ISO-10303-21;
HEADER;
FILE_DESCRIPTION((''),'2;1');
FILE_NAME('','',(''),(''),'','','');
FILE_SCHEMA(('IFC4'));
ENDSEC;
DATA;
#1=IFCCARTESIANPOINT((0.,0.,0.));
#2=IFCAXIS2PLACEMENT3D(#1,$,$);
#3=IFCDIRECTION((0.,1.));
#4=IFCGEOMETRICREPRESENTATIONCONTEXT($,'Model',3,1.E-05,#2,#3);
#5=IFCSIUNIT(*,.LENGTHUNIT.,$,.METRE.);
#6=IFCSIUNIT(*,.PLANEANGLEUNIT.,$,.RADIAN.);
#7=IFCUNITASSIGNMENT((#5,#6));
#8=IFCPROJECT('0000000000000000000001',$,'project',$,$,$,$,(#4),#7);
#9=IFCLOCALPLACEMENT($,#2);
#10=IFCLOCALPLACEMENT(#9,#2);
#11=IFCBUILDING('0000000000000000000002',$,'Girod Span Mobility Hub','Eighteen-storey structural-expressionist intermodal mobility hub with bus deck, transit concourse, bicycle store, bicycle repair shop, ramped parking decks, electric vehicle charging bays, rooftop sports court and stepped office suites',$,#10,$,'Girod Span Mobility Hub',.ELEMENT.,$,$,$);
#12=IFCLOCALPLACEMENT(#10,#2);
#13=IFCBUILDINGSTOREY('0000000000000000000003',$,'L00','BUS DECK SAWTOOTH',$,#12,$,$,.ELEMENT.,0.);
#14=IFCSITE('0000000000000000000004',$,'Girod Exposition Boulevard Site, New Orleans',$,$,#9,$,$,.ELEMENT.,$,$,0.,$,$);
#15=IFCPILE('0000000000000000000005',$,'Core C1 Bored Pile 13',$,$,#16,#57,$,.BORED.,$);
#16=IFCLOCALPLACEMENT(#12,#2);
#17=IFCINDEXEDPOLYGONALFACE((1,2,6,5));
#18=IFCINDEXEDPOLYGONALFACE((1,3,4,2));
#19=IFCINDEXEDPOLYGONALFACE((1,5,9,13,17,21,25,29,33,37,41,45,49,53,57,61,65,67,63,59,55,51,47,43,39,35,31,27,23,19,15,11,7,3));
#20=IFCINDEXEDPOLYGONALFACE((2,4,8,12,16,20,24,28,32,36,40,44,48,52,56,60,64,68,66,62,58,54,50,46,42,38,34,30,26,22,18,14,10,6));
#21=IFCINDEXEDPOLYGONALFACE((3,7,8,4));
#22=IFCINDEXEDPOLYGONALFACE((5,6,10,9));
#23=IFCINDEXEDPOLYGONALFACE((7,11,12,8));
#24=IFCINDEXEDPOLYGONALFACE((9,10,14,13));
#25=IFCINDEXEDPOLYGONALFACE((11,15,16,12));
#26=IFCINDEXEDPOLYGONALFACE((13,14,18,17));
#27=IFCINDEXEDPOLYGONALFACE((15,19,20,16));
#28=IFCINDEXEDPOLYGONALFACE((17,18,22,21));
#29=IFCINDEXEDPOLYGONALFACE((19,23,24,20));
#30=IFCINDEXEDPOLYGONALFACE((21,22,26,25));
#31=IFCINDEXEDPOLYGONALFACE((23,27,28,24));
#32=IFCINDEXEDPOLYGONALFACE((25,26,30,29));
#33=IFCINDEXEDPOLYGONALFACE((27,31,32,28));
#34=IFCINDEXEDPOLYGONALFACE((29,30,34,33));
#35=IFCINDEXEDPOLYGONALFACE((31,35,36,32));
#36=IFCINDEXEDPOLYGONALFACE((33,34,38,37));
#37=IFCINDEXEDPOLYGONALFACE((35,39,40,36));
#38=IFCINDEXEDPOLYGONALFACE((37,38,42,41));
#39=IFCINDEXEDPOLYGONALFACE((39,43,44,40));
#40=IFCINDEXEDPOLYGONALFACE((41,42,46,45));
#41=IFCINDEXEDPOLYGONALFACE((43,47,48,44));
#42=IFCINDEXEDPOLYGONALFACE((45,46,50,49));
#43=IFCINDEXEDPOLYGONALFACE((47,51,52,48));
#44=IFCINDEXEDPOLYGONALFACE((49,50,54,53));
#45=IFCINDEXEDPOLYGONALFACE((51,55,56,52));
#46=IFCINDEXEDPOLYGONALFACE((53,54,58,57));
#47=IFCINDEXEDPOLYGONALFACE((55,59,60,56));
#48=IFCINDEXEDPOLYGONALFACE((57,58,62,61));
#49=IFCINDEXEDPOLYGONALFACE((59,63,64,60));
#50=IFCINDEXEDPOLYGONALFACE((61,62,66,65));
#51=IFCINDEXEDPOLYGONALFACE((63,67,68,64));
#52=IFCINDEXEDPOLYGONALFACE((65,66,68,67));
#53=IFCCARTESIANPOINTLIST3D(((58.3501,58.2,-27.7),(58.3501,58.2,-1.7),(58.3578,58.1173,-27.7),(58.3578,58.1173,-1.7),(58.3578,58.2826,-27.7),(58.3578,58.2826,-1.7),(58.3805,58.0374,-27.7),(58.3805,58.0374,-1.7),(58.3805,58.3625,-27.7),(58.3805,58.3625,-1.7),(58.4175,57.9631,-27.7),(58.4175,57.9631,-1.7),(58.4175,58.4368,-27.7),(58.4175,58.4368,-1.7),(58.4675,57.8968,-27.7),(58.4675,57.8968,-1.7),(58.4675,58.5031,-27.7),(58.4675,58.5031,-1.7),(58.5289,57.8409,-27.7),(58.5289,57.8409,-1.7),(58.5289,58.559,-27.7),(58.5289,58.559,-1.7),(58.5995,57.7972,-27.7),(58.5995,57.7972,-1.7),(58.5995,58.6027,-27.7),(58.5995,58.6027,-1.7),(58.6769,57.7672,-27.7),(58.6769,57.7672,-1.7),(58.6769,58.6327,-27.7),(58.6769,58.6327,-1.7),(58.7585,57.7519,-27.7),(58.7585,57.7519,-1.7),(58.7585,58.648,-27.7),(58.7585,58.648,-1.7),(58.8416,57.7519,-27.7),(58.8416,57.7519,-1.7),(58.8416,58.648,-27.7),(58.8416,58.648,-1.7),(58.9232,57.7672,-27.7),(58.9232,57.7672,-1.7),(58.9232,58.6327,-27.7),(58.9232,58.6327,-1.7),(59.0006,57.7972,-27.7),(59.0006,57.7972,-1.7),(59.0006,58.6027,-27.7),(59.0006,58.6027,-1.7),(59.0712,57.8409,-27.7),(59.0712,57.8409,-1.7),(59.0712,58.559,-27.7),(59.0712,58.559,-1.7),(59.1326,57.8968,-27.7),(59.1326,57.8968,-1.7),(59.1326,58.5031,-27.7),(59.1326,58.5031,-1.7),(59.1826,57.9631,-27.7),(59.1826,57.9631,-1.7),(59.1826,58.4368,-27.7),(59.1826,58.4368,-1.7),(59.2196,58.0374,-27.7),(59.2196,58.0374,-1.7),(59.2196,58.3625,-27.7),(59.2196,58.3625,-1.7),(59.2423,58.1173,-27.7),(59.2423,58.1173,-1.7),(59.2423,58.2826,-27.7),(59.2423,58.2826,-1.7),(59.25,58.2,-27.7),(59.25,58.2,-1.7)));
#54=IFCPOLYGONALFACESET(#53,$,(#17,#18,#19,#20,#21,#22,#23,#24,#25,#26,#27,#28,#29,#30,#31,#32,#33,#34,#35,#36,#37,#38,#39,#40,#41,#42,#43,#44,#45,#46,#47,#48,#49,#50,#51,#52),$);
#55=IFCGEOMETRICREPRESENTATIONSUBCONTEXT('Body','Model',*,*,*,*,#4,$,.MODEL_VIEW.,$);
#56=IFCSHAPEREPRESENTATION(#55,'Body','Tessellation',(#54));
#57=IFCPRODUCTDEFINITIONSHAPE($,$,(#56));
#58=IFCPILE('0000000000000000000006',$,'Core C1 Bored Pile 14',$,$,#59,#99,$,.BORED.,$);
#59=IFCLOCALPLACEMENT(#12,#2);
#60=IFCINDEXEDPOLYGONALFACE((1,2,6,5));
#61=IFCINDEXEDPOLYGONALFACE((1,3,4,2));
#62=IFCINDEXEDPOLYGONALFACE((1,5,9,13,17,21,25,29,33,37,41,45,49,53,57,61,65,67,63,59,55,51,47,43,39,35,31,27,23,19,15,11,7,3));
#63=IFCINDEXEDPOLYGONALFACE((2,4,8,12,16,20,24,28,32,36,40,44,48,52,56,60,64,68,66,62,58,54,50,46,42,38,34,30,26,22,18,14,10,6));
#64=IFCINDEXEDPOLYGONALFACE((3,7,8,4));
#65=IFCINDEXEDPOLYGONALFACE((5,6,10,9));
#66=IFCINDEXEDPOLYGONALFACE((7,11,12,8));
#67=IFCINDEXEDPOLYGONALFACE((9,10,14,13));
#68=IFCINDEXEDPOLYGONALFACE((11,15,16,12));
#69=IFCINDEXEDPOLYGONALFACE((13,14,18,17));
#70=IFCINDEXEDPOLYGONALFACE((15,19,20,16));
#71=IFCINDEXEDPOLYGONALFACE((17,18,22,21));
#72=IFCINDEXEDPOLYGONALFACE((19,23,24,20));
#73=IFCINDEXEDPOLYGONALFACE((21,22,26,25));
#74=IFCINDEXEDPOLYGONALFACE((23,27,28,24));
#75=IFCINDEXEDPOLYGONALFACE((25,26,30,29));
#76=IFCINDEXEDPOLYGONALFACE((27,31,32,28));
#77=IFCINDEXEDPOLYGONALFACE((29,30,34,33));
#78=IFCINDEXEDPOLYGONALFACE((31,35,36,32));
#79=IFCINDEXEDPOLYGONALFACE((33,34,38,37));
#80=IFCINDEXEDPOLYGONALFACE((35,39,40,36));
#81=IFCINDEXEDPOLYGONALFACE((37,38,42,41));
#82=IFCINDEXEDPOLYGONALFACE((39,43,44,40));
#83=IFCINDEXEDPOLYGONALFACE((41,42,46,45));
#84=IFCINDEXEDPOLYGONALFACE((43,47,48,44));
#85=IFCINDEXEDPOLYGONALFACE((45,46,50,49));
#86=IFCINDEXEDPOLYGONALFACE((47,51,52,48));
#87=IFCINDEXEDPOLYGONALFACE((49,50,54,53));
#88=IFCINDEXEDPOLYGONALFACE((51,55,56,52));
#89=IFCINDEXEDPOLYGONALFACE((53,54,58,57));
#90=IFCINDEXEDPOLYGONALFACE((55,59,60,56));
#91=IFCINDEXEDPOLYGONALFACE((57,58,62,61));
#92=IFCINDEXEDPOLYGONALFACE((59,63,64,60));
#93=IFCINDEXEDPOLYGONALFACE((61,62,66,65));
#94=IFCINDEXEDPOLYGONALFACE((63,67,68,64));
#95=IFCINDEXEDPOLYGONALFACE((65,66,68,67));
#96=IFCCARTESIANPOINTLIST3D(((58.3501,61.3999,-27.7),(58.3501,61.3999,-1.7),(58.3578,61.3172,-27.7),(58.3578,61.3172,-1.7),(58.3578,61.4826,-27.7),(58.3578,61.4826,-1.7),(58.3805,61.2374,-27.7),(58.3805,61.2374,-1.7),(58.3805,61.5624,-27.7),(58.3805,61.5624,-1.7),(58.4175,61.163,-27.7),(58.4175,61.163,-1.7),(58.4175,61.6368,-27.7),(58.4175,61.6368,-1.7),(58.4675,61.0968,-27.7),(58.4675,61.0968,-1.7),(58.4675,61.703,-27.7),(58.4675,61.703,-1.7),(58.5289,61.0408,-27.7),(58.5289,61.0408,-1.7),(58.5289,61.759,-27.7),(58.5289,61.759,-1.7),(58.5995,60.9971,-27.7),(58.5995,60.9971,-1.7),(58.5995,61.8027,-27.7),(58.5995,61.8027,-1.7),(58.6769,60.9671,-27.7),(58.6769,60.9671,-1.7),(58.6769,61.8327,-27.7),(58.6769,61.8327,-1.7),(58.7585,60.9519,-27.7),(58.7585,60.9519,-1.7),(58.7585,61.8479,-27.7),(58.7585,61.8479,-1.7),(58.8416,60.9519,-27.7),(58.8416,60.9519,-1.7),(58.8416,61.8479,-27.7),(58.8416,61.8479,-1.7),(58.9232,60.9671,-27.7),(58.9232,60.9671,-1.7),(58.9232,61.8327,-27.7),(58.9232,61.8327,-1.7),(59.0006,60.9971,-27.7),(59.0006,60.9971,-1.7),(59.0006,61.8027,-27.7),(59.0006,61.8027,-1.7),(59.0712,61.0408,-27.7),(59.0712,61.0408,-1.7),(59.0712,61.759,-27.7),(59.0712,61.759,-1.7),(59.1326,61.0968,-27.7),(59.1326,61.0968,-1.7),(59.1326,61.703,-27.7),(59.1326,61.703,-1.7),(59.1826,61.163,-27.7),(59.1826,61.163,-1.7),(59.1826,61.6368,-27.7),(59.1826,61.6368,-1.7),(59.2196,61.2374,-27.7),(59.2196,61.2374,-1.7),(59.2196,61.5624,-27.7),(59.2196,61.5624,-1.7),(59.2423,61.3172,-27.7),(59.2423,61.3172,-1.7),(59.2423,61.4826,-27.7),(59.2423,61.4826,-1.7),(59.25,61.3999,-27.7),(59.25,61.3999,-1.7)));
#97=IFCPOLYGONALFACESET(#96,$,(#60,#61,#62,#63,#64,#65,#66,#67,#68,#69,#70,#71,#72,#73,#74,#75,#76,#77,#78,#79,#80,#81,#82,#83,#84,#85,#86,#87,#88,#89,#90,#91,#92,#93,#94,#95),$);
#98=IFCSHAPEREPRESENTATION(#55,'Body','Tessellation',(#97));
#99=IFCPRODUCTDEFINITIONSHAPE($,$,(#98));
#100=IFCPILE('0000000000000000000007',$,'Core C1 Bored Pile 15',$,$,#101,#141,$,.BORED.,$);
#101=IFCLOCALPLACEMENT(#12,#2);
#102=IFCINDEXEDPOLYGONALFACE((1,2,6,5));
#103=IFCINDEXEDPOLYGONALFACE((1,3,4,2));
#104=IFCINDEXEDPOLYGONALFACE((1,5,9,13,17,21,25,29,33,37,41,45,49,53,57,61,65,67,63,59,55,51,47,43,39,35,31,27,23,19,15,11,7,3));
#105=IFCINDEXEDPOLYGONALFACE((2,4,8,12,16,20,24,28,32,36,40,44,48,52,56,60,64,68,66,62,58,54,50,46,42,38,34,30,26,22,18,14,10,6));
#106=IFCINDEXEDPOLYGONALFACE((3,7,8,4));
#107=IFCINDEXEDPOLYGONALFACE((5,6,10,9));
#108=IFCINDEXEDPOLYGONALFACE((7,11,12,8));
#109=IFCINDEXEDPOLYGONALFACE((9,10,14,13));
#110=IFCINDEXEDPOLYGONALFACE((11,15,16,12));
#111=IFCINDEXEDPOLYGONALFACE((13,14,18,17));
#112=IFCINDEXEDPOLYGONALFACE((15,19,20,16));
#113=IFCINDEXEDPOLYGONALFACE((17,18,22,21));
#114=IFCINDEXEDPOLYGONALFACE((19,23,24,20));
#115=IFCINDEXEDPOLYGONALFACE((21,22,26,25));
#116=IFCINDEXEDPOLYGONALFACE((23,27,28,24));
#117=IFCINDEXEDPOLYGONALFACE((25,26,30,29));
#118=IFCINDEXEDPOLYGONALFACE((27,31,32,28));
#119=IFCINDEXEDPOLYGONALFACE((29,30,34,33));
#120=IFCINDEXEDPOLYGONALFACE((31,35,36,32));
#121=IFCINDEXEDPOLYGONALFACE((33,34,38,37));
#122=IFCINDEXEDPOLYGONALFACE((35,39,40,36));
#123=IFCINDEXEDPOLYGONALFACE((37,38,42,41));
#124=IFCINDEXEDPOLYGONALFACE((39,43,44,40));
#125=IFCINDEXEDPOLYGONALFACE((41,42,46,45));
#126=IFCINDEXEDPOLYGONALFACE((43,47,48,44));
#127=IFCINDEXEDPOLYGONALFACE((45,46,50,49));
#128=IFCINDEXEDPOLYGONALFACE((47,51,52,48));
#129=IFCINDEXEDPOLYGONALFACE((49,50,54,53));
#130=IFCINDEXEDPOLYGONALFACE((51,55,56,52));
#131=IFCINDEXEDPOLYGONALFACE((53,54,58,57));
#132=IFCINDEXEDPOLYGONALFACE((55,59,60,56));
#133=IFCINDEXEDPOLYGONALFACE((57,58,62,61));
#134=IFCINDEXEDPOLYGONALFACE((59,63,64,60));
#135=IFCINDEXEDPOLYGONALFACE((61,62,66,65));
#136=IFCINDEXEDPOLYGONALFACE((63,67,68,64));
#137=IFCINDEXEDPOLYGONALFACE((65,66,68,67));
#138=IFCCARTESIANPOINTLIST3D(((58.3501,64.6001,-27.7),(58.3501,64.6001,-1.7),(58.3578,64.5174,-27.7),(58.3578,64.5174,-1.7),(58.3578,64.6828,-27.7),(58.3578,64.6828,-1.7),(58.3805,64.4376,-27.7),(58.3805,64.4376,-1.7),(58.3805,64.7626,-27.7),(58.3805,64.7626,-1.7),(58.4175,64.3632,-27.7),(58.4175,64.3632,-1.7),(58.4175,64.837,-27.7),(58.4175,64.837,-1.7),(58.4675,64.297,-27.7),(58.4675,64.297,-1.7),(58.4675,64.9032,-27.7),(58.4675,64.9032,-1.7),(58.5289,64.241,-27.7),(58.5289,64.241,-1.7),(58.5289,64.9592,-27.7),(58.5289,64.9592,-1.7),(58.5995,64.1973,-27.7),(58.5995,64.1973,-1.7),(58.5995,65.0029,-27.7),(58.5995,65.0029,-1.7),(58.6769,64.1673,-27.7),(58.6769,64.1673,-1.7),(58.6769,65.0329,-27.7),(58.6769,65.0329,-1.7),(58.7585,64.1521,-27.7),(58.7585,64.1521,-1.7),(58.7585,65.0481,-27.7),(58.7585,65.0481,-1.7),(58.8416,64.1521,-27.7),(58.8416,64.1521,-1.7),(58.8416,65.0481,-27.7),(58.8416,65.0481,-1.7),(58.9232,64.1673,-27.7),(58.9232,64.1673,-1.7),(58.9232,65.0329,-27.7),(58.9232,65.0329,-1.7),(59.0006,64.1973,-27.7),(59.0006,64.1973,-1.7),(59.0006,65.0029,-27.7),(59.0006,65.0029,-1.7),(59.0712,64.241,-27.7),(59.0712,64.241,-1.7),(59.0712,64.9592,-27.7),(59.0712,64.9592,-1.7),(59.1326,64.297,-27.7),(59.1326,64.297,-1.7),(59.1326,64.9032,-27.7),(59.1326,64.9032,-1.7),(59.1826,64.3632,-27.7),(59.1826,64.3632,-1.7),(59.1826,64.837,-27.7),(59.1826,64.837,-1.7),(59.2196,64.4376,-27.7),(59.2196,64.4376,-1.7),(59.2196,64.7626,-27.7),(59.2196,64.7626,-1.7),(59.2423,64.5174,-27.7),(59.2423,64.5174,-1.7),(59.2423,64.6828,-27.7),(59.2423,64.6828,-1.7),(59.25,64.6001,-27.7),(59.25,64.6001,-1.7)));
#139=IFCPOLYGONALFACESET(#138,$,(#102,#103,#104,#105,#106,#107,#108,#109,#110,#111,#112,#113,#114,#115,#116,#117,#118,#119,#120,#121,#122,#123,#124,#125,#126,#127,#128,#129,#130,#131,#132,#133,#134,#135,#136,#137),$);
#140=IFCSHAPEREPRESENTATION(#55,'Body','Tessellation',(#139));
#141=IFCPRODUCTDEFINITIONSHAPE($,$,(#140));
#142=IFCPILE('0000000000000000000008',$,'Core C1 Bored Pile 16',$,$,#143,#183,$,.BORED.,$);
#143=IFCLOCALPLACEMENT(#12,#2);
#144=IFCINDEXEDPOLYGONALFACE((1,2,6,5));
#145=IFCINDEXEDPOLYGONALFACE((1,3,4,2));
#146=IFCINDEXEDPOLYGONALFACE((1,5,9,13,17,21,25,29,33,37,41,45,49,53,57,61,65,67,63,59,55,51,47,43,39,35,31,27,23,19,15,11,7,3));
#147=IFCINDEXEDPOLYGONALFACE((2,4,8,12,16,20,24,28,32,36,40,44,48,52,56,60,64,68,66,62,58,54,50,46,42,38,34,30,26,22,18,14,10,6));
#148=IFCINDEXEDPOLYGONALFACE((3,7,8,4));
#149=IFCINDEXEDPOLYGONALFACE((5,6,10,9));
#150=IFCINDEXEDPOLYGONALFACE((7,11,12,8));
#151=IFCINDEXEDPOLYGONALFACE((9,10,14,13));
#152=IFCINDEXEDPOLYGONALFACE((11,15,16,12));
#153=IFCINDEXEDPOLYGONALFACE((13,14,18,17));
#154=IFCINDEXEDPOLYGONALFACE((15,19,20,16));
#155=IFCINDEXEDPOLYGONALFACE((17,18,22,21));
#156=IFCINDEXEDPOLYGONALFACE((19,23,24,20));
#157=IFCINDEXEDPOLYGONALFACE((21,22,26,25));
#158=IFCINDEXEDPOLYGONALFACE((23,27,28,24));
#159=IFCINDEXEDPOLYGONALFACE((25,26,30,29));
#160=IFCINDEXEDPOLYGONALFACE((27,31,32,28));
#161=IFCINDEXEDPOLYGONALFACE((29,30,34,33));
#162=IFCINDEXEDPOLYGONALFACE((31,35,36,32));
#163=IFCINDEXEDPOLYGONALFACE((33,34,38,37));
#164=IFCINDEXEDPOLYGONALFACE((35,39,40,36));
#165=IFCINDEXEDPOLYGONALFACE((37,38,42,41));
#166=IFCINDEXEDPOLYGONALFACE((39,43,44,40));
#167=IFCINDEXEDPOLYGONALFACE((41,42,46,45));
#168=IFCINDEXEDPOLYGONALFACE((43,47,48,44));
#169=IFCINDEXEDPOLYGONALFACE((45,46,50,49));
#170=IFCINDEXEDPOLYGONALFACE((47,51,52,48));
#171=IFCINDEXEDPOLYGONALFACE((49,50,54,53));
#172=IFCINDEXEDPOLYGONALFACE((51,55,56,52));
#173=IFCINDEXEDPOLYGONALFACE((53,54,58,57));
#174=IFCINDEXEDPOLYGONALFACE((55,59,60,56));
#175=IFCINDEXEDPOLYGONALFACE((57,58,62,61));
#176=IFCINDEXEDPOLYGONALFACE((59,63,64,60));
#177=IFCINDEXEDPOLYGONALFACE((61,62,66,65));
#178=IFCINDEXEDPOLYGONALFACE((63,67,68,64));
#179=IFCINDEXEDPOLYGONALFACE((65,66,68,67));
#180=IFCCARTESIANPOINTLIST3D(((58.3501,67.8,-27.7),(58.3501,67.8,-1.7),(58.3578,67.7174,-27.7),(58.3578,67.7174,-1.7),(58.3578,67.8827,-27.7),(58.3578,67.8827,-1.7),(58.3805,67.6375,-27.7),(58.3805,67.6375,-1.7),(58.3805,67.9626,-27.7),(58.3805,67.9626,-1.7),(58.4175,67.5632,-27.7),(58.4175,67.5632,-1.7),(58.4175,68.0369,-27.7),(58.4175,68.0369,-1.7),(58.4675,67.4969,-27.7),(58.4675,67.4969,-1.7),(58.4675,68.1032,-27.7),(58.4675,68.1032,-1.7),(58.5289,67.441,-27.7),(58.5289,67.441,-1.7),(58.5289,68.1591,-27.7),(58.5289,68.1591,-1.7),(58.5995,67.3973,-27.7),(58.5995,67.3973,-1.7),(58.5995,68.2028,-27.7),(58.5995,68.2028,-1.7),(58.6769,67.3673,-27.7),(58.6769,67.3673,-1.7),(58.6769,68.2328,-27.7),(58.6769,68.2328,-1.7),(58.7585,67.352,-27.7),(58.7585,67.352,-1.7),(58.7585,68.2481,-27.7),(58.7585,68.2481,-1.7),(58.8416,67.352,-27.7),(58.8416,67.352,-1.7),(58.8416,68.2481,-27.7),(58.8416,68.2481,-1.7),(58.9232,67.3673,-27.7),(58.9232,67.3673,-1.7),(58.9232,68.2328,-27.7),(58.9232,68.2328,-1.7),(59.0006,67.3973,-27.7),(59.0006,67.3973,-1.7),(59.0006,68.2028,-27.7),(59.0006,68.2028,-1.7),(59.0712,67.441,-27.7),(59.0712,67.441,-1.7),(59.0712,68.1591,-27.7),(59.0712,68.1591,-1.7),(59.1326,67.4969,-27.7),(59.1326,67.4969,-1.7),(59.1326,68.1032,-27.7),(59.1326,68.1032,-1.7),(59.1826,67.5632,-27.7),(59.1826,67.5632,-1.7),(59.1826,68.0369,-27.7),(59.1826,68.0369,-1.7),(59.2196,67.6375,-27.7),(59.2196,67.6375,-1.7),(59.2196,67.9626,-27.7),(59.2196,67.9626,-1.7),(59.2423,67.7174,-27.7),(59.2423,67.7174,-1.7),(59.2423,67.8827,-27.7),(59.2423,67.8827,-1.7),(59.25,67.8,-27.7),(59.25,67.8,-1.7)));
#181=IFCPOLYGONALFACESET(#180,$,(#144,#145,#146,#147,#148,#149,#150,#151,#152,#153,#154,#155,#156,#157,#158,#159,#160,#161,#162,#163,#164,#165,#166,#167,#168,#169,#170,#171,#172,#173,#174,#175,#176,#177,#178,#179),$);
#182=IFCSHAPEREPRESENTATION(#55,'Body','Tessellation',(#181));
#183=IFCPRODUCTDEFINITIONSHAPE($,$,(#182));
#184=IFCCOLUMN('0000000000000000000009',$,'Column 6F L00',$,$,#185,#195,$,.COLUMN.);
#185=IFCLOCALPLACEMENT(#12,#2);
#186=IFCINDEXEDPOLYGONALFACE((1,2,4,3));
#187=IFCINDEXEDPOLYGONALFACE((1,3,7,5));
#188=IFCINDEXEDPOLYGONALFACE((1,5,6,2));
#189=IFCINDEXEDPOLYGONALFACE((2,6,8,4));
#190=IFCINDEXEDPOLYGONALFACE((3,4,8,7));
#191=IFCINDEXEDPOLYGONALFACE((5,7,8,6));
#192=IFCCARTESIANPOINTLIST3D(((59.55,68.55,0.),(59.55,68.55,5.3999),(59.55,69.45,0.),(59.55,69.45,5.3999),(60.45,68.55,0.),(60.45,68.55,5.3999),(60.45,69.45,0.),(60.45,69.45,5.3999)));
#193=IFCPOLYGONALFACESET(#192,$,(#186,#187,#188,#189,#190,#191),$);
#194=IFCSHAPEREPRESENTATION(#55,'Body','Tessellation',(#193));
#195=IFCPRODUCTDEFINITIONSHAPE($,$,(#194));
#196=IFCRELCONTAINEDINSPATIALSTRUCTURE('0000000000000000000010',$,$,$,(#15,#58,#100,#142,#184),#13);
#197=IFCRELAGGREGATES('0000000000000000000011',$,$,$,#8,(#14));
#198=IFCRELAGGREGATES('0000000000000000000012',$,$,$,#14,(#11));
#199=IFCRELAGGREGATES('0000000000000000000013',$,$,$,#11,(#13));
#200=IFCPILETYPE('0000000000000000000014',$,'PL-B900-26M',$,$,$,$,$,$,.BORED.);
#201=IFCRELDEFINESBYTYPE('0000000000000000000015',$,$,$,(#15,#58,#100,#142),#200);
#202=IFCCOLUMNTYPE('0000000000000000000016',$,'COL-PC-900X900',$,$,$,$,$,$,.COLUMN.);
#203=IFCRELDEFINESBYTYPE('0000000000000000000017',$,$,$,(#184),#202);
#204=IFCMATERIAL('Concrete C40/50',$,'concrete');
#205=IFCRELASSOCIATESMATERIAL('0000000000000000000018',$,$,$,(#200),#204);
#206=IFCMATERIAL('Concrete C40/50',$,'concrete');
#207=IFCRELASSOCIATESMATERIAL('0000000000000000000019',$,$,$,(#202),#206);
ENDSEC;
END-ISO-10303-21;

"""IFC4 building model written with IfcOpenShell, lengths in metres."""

from ifc_helpers import new_model, si_unit, direction, frame, origin, origin_2d, place, context, subcontext, project, spatial, rectangle, circle, extrude, material, material_profile, profile_set, type_object, element, save


model = new_model("IFC4")

# Units and contexts
model_context = context("Model", 3, precision=1e-05, world=origin(), true_north=direction((0.0, 1.0)))
body_context = subcontext(model_context, "Body", "Model", "MODEL_VIEW")
ifc_project = project(units=[si_unit("LENGTHUNIT", "METRE"), si_unit("PLANEANGLEUNIT", "RADIAN")], contexts=[model_context])

# Site, building, storey
site_placement = place(None, origin())
site = spatial("IfcSite", under=ifc_project, at=site_placement, Name="Girod Exposition Boulevard Site, New Orleans", CompositionType="ELEMENT", RefElevation=0.0)
building_placement = place(site_placement, origin())
building = spatial("IfcBuilding", under=site, at=building_placement, Name="Girod Span Mobility Hub", Description="Eighteen-storey structural-expressionist intermodal mobility hub with bus deck, transit concourse, bicycle store, bicycle repair shop, ramped parking decks, electric vehicle charging bays, rooftop sports court and stepped office suites", LongName="Girod Span Mobility Hub", CompositionType="ELEMENT")
storey_placement = place(building_placement, origin())
storey = spatial("IfcBuildingStorey", under=building, at=storey_placement, Name="L00", Description="BUS DECK SAWTOOTH", CompositionType="ELEMENT", Elevation=0.0)

# Piles
ifc_material_1 = material(Name="Concrete C40/50", Category="concrete")
ifc_material_profile_1 = material_profile(ifc_material_1, circle(Radius=0.45, at=origin_2d()), Name="PILE-D900")
ifc_profile_set_1 = profile_set([ifc_material_profile_1], Name="Concrete C40/50")
pile_type = type_object("IfcPileType", Name="PL-B900-26M", PredefinedType="BORED", material=ifc_profile_set_1)
for number, where, z_axis, x_axis, name in (
    (1, (58.8, 58.2, -1.7), (0.0, 0.0, -1.0), (1.0, 0.0, 0.0), "Core C1 Bored Pile 13"),
    (2, (58.8, 61.3999, -1.7), (0.0, 0.0, -1.0), (1.0, 0.0, 0.0), "Core C1 Bored Pile 14"),
    (3, (58.8, 64.6001, -1.7), (0.0, 0.0, -1.0), (1.0, 0.0, 0.0), "Core C1 Bored Pile 15"),
    (4, (58.8, 67.8, -1.7), (0.0, 0.0, -1.0), (1.0, 0.0, 0.0), "Core C1 Bored Pile 16"),
):
    element("IfcPile", number, at=place(storey_placement, frame(where, z_axis=z_axis, x_axis=x_axis)), inside=storey, type_object=pile_type, Name=name, PredefinedType="BORED", context=body_context, shape_type="SweptSolid", body=[
        extrude(circle(Radius=0.45, at=origin_2d()), origin(), (0.0, 0.0, 1.0), 26.0),
    ])

# Column
ifc_material_2 = material(Name="Concrete C40/50", Category="concrete")
ifc_material_profile_2 = material_profile(ifc_material_2, rectangle(XDim=0.8999, YDim=0.8999, at=origin_2d()), Name="PC-COL-900X900")
ifc_profile_set_2 = profile_set([ifc_material_profile_2], Name="Concrete C40/50")
column_type = type_object("IfcColumnType", Name="COL-PC-900X900", PredefinedType="COLUMN", material=ifc_profile_set_2)
column_placement = place(storey_placement, frame((60.0, 69.0, 0.0), z_axis=(0.0, 0.0, 1.0), x_axis=(1.0, 0.0, 0.0)))
element("IfcColumn", 5, at=column_placement, inside=storey, type_object=column_type, Name="Column 6F L00", PredefinedType="COLUMN", context=body_context, shape_type="SweptSolid", body=[
    extrude(rectangle(XDim=0.8999, YDim=0.8999, at=origin_2d()), origin(), (0.0, 0.0, 1.0), 5.3999),
])

save(model, "model.ifc")
